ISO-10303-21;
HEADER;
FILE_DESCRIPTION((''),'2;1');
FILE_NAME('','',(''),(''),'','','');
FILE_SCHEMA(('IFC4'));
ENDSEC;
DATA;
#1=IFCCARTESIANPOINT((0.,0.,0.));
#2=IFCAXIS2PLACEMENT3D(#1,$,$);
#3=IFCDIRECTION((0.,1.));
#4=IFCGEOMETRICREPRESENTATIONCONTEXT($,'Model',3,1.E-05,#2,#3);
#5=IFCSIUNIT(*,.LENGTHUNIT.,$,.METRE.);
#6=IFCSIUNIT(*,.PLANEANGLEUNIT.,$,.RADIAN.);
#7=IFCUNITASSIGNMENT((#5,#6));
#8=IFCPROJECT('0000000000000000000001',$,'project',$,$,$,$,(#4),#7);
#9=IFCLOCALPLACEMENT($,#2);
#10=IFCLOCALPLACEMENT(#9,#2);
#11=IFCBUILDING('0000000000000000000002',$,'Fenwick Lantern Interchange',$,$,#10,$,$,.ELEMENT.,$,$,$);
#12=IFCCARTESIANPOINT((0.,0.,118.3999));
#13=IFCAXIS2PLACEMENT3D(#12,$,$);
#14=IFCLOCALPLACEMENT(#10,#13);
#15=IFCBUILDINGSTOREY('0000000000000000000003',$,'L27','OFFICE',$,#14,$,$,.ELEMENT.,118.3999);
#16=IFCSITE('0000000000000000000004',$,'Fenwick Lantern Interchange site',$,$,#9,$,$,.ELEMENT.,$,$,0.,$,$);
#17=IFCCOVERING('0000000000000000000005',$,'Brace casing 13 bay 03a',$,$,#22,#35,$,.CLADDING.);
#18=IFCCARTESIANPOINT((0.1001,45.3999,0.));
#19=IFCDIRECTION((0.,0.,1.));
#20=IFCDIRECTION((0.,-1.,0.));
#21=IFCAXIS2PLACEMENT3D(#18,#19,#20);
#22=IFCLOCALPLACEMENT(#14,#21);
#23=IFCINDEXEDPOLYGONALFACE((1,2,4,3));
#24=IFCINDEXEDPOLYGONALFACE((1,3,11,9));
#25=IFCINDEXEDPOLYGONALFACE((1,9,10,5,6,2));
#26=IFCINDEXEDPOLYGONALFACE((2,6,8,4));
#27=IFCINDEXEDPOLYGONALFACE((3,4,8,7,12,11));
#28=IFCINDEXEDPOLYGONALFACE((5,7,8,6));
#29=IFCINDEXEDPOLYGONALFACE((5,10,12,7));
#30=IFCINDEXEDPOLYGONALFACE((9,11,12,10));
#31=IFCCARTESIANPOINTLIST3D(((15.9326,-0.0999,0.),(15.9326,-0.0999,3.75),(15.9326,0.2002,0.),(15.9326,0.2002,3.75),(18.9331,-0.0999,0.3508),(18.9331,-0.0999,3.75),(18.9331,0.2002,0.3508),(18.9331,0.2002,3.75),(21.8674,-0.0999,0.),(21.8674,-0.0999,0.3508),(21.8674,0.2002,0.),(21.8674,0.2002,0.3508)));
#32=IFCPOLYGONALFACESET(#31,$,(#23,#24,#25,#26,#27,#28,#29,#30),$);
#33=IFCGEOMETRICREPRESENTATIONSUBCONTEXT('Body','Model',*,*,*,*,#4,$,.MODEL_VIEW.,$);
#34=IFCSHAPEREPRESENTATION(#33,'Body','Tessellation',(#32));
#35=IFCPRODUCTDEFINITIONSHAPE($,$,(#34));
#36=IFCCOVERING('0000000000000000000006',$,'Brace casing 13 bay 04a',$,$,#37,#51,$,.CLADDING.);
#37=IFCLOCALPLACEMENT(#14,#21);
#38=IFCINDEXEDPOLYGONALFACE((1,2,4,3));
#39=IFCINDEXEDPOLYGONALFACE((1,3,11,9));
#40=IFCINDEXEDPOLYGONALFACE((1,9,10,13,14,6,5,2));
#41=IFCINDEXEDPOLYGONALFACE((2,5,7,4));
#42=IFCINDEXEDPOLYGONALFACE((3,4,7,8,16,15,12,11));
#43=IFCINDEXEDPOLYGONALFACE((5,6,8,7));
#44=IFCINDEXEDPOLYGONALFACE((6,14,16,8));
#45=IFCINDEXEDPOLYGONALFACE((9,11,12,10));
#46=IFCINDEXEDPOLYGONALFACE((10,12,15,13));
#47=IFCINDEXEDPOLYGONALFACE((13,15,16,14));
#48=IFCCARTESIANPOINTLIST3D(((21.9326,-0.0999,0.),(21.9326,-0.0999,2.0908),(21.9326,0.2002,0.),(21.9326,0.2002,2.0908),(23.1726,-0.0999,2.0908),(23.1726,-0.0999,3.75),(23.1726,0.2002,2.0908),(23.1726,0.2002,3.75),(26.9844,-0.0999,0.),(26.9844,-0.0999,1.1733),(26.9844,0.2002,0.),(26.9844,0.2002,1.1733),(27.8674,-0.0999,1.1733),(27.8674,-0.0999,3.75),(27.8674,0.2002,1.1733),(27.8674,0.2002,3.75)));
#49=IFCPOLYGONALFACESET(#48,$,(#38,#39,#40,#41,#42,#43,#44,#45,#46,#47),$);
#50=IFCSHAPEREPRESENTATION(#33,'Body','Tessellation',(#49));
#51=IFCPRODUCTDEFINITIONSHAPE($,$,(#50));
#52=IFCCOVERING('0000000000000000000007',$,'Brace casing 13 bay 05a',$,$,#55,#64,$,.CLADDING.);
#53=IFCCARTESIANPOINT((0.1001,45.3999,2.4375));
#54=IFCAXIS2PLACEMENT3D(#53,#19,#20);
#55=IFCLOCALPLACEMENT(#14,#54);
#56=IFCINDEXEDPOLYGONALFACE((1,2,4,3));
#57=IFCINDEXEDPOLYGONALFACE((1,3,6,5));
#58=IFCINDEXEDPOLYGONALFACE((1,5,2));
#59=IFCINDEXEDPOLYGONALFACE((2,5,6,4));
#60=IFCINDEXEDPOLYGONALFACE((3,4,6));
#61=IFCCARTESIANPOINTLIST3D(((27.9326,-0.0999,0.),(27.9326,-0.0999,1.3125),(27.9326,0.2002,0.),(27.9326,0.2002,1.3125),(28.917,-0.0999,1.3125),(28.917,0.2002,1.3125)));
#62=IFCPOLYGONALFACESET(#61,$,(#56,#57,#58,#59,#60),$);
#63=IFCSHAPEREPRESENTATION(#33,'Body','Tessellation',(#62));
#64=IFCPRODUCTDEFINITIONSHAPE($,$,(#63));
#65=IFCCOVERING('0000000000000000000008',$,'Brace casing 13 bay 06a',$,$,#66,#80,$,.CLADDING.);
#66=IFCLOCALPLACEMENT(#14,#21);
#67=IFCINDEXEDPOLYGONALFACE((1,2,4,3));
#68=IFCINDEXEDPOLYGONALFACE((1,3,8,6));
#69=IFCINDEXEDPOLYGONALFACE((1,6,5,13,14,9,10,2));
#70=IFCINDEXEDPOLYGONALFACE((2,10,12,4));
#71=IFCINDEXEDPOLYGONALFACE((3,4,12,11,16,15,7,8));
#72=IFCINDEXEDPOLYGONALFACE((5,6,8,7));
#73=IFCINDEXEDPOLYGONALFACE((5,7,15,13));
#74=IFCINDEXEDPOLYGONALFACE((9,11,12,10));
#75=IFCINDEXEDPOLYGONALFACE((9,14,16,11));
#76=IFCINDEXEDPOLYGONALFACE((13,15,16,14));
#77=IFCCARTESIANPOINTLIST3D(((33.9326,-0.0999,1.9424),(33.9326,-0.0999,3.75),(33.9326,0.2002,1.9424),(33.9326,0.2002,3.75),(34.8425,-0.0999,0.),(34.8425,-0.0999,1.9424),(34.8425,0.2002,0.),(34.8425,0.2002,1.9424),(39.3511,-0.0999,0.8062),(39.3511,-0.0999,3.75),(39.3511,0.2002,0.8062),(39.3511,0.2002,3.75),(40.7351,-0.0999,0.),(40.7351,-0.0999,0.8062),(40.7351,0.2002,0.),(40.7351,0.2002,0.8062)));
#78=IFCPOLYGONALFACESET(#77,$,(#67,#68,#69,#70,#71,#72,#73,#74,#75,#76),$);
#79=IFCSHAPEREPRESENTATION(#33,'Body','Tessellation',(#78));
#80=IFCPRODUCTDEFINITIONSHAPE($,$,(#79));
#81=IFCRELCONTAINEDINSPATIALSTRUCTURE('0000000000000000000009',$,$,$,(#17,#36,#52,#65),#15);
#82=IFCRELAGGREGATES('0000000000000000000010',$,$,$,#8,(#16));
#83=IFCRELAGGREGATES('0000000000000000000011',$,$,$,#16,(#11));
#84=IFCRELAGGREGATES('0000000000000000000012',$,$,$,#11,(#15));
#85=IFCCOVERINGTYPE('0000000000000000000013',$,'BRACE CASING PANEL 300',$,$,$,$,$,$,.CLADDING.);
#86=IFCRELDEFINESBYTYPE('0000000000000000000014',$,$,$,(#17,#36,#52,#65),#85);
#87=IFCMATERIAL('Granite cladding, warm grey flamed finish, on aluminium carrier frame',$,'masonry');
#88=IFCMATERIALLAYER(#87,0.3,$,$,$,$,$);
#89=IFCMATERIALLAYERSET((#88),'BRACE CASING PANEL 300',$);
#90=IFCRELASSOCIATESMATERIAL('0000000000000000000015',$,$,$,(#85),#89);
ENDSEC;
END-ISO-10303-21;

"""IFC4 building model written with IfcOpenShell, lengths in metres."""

from ifc_helpers import new_model, si_unit, direction, frame, origin, place, context, subcontext, project, spatial, polyline, outline, extrude, material, layer, layer_set, type_object, element, save


model = new_model("IFC4")

# Units and contexts
model_context = context("Model", 3, precision=1e-05, world=origin(), true_north=direction((0.0, 1.0)))
body_context = subcontext(model_context, "Body", "Model", "MODEL_VIEW")
ifc_project = project(units=[si_unit("LENGTHUNIT", "METRE"), si_unit("PLANEANGLEUNIT", "RADIAN")], contexts=[model_context])

# Site, building, storey
site_placement = place(None, origin())
site = spatial("IfcSite", under=ifc_project, at=site_placement, Name="Fenwick Lantern Interchange site", CompositionType="ELEMENT", RefElevation=0.0)
building_placement = place(site_placement, origin())
building = spatial("IfcBuilding", under=site, at=building_placement, Name="Fenwick Lantern Interchange", CompositionType="ELEMENT")
storey_placement = place(building_placement, frame((0.0, 0.0, 118.3999)))
storey = spatial("IfcBuildingStorey", under=building, at=storey_placement, Name="L27", Description="OFFICE", CompositionType="ELEMENT", Elevation=118.3999)

# Coverings
ifc_material_1 = material(Name="Granite cladding, warm grey flamed finish, on aluminium carrier frame", Category="masonry")
ifc_layer_1 = layer(ifc_material_1, 0.3)
ifc_layer_set_1 = layer_set([ifc_layer_1], Name="BRACE CASING PANEL 300")
covering_type = type_object("IfcCoveringType", Name="BRACE CASING PANEL 300", PredefinedType="CLADDING", material=ifc_layer_set_1)
covering_1_placement = place(storey_placement, frame((0.1001, 45.3999, 0.0), z_axis=(0.0, 0.0, 1.0), x_axis=(0.0, -1.0, 0.0)))
element("IfcCovering", 1, at=covering_1_placement, inside=storey, type_object=covering_type, Name="Brace casing 13 bay 03a", PredefinedType="CLADDING", context=body_context, shape_type="SweptSolid", body=[
    extrude(outline(polyline([(15.9326, 0.0), (21.8674, 0.0), (21.8674, 0.3508), (18.9331, 0.3508), (18.9331, 3.75), (15.9326, 3.75), (15.9326, 0.0)])), frame((0.0, 0.2002, 0.0), z_axis=(0.0, -1.0, 0.0), x_axis=(1.0, 0.0, 0.0)), (0.0, 0.0, 1.0), 0.3),
])
covering_2_placement = place(storey_placement, frame((0.1001, 45.3999, 0.0), z_axis=(0.0, 0.0, 1.0), x_axis=(0.0, -1.0, 0.0)))
element("IfcCovering", 2, at=covering_2_placement, inside=storey, type_object=covering_type, Name="Brace casing 13 bay 04a", PredefinedType="CLADDING", context=body_context, shape_type="SweptSolid", body=[
    extrude(outline(polyline([(21.9326, 0.0), (26.9844, 0.0), (26.9844, 1.1733), (27.8674, 1.1733), (27.8674, 3.75), (23.1726, 3.75), (23.1726, 2.0908), (21.9326, 2.0908), (21.9326, 0.0)])), frame((0.0, 0.2002, 0.0), z_axis=(0.0, -1.0, 0.0), x_axis=(1.0, 0.0, 0.0)), (0.0, 0.0, 1.0), 0.3),
])
covering_3_placement = place(storey_placement, frame((0.1001, 45.3999, 2.4375), z_axis=(0.0, 0.0, 1.0), x_axis=(0.0, -1.0, 0.0)))
element("IfcCovering", 3, at=covering_3_placement, inside=storey, type_object=covering_type, Name="Brace casing 13 bay 05a", PredefinedType="CLADDING", context=body_context, shape_type="SweptSolid", body=[
    extrude(outline(polyline([(27.9326, 0.0), (28.917, 1.3125), (27.9326, 1.3125), (27.9326, 0.0)])), frame((0.0, 0.2002, 0.0), z_axis=(0.0, -1.0, 0.0), x_axis=(1.0, 0.0, 0.0)), (0.0, 0.0, 1.0), 0.3),
])
covering_4_placement = place(storey_placement, frame((0.1001, 45.3999, 0.0), z_axis=(0.0, 0.0, 1.0), x_axis=(0.0, -1.0, 0.0)))
element("IfcCovering", 4, at=covering_4_placement, inside=storey, type_object=covering_type, Name="Brace casing 13 bay 06a", PredefinedType="CLADDING", context=body_context, shape_type="SweptSolid", body=[
    extrude(outline(polyline([(34.8425, 0.0), (40.7351, 0.0), (40.7351, 0.8062), (39.3511, 0.8062), (39.3511, 3.75), (33.9326, 3.75), (33.9326, 1.9424), (34.8425, 1.9424), (34.8425, 0.0)])), frame((0.0, 0.2002, 0.0), z_axis=(0.0, -1.0, 0.0), x_axis=(1.0, 0.0, 0.0)), (0.0, 0.0, 1.0), 0.3),
])

save(model, "model.ifc")
